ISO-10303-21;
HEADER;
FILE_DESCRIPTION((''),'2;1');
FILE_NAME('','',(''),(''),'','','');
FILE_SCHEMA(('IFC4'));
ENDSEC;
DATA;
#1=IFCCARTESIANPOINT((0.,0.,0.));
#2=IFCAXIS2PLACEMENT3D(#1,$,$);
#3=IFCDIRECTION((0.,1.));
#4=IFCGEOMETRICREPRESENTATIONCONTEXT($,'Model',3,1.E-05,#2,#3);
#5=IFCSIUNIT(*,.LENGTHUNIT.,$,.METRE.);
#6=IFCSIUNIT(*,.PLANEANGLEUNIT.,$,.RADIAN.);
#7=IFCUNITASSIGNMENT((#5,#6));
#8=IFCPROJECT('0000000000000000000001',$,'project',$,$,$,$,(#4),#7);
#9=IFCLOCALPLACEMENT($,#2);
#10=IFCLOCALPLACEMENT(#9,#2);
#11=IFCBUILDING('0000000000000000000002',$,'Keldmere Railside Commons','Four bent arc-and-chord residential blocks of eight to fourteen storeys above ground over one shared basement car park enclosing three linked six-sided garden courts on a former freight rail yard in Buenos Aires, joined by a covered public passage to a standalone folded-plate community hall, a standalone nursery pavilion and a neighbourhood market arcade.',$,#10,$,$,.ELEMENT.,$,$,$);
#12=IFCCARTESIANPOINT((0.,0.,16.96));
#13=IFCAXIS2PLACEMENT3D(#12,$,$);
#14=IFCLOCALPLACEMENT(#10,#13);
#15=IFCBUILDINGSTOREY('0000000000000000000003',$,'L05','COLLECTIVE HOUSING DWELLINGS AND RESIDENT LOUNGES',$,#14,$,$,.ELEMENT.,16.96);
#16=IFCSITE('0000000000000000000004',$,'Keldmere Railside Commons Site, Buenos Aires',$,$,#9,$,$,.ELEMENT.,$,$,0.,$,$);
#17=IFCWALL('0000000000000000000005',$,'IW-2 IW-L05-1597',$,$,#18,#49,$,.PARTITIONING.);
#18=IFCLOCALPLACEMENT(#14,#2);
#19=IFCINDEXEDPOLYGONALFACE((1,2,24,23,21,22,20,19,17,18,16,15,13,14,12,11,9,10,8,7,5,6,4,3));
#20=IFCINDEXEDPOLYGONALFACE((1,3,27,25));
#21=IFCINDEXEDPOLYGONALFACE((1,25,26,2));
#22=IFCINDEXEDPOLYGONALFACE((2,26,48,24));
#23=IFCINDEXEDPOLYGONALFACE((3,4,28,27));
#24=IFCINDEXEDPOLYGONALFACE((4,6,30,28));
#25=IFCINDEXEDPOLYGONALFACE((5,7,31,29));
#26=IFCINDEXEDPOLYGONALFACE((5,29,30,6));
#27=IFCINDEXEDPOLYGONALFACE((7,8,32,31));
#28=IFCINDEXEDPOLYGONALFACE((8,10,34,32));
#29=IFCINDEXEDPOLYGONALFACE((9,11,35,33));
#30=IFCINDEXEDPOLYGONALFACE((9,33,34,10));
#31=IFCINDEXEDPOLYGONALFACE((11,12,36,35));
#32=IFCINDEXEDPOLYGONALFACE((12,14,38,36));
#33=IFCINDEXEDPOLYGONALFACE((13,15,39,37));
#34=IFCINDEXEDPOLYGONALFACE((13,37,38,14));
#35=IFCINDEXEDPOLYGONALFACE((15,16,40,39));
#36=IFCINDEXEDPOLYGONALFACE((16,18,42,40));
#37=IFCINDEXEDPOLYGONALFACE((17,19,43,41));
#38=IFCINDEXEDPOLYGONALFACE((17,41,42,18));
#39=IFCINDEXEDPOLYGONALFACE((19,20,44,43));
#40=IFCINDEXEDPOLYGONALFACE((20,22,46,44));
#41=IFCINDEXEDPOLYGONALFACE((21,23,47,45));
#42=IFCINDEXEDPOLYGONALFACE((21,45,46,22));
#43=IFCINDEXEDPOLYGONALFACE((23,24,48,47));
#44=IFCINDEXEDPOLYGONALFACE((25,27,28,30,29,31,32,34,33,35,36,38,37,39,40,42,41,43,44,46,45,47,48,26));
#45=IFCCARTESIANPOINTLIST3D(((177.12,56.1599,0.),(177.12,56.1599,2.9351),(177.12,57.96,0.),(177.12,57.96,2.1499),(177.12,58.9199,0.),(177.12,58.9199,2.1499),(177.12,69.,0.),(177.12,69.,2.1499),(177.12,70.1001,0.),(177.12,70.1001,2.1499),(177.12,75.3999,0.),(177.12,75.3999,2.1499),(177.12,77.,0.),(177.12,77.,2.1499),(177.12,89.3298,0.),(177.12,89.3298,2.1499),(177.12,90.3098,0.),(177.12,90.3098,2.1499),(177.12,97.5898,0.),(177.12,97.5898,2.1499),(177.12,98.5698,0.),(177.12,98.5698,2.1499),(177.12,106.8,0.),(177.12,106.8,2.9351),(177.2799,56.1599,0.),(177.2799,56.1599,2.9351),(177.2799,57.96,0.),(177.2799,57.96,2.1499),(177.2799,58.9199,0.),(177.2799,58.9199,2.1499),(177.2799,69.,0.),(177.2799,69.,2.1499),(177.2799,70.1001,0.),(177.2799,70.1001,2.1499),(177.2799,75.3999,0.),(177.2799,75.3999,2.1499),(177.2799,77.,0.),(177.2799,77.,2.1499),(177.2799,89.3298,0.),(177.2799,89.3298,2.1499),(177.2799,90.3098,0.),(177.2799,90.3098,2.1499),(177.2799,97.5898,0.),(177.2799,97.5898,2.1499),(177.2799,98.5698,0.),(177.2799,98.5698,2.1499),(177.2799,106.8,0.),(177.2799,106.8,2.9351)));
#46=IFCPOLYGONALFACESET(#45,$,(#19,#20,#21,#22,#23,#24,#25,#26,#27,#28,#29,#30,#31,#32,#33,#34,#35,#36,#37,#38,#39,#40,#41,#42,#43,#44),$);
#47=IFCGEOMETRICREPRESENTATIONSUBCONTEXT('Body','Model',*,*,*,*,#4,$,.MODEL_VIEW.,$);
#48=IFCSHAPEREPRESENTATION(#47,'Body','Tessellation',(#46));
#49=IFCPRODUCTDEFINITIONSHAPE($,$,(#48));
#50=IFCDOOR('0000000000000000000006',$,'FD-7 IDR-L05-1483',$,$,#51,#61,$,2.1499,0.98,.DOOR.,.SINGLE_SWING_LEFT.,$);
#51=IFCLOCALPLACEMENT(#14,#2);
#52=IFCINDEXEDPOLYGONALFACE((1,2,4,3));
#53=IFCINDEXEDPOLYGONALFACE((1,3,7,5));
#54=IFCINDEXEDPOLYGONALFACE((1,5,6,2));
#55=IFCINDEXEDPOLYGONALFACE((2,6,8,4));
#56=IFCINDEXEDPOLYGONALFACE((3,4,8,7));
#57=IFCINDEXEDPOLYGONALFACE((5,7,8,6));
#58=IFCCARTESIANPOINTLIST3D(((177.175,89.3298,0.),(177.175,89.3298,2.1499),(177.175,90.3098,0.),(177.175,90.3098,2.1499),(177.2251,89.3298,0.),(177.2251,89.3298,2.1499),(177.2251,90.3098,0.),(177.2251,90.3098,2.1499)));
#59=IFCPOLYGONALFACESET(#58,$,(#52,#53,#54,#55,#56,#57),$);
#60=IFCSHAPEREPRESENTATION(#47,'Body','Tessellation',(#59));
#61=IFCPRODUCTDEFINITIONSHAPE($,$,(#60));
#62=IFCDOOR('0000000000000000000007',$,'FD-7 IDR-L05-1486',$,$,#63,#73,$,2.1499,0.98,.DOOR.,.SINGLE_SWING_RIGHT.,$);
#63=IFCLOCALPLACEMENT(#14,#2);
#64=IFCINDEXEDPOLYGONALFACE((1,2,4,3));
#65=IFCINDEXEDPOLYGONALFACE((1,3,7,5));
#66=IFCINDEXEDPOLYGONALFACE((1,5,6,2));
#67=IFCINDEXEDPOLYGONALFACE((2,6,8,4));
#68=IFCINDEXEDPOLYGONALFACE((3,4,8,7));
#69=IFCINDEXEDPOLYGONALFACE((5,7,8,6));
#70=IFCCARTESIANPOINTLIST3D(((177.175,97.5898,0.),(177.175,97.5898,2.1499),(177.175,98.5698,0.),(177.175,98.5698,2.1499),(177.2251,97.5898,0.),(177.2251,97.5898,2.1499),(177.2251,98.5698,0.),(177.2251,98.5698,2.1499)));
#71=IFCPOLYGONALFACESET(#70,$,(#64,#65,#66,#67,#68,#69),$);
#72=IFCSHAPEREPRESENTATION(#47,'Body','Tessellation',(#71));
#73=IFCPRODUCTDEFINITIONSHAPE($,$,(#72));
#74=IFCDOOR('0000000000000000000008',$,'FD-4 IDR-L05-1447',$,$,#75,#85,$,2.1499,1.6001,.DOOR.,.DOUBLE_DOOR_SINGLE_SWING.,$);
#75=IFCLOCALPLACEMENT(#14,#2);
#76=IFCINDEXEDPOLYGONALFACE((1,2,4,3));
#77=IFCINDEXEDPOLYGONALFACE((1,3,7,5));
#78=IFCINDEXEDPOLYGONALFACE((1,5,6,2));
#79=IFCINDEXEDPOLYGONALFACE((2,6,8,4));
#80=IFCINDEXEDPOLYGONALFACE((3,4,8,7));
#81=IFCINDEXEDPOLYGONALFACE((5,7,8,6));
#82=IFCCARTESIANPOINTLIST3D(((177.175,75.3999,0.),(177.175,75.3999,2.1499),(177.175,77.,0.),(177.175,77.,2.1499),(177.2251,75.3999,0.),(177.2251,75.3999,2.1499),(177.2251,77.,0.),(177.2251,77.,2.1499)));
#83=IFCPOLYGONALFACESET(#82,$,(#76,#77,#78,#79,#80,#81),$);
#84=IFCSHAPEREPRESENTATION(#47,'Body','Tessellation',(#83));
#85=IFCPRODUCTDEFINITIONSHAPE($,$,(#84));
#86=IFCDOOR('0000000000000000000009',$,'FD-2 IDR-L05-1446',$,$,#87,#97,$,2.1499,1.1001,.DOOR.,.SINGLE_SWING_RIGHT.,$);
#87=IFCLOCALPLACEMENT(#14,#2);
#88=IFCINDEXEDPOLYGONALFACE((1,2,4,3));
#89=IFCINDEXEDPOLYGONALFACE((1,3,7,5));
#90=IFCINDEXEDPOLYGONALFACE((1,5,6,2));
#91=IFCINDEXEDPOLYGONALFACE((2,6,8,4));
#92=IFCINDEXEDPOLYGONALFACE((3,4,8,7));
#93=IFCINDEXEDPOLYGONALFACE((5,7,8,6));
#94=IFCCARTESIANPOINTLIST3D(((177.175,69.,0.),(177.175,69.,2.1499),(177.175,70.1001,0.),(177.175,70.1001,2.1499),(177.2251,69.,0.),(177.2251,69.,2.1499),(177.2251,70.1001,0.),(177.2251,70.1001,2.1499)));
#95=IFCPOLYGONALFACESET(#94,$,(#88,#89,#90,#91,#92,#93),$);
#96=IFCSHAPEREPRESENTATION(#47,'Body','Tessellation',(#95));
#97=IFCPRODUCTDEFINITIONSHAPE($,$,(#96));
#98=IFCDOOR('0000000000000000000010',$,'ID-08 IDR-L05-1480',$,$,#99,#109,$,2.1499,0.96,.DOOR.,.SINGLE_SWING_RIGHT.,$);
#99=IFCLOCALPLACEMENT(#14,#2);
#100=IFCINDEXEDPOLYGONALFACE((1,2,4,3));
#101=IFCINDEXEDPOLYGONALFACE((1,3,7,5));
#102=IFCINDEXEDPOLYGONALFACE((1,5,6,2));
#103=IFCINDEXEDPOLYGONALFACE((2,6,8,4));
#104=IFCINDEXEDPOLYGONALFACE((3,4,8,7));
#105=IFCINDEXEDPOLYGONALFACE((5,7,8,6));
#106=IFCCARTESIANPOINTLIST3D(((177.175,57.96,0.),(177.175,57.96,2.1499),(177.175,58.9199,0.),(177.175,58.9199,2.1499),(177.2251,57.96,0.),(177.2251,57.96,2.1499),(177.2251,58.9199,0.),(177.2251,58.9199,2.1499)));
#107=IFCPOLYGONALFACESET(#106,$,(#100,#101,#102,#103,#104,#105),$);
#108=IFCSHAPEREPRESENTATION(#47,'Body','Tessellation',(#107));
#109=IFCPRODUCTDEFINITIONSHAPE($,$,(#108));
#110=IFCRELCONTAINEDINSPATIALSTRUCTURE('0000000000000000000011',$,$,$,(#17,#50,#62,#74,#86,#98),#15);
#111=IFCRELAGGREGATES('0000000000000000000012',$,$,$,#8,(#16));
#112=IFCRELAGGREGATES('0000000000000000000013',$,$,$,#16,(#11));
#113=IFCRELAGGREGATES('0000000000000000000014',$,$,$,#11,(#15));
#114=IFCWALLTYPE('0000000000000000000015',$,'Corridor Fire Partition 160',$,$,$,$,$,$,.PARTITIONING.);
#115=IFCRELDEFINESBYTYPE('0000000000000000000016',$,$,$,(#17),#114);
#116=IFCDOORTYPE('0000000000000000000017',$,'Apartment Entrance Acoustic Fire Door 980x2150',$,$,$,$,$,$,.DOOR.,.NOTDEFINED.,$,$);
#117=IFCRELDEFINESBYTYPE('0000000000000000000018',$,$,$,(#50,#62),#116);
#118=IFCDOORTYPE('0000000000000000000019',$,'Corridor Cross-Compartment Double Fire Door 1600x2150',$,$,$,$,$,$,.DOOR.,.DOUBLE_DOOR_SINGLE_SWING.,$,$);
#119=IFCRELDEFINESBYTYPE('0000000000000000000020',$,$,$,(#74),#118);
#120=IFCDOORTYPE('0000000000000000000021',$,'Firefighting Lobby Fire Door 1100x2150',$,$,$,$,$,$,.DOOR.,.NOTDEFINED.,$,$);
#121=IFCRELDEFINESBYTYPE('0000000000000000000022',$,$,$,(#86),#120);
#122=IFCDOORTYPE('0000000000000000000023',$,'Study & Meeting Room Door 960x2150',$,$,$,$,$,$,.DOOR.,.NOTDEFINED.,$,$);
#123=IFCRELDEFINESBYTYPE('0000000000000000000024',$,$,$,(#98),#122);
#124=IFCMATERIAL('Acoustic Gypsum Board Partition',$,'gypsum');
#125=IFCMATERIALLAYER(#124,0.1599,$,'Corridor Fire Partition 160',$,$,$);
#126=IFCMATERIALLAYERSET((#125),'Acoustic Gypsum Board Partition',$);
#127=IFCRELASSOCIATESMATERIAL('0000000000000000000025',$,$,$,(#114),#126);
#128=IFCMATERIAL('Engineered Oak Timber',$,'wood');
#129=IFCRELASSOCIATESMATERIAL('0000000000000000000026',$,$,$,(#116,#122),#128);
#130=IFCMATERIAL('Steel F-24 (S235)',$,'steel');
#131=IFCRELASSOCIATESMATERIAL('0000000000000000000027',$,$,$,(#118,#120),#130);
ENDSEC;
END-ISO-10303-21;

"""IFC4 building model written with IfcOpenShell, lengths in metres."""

from ifc_helpers import new_model, si_unit, direction, frame, frame_2d, origin, place, context, subcontext, project, spatial, rectangle, extrude, material, layer, layer_set, type_object, element, fill, save


model = new_model("IFC4")

# Units and contexts
model_context = context("Model", 3, precision=1e-05, world=origin(), true_north=direction((0.0, 1.0)))
body_context = subcontext(model_context, "Body", "Model", "MODEL_VIEW")
ifc_project = project(units=[si_unit("LENGTHUNIT", "METRE"), si_unit("PLANEANGLEUNIT", "RADIAN")], contexts=[model_context])

# Site, building, storey
site_placement = place(None, origin())
site = spatial("IfcSite", under=ifc_project, at=site_placement, Name="Keldmere Railside Commons Site, Buenos Aires", CompositionType="ELEMENT", RefElevation=0.0)
building_placement = place(site_placement, origin())
building = spatial("IfcBuilding", under=site, at=building_placement, Name="Keldmere Railside Commons", Description="Four bent arc-and-chord residential blocks of eight to fourteen storeys above ground over one shared basement car park enclosing three linked six-sided garden courts on a former freight rail yard in Buenos Aires, joined by a covered public passage to a standalone folded-plate community hall, a standalone nursery pavilion and a neighbourhood market arcade.", CompositionType="ELEMENT")
storey_placement = place(building_placement, frame((0.0, 0.0, 16.96)))
storey = spatial("IfcBuildingStorey", under=building, at=storey_placement, Name="L05", Description="COLLECTIVE HOUSING DWELLINGS AND RESIDENT LOUNGES", CompositionType="ELEMENT", Elevation=16.96)

# Wall, openings, doors
ifc_material_1 = material(Name="Acoustic Gypsum Board Partition", Category="gypsum")
ifc_layer = layer(ifc_material_1, 0.1599, Name="Corridor Fire Partition 160")
ifc_layer_set = layer_set([ifc_layer], Name="Acoustic Gypsum Board Partition")
wall_type = type_object("IfcWallType", Name="Corridor Fire Partition 160", PredefinedType="PARTITIONING", material=ifc_layer_set)
ifc_material_2 = material(Name="Engineered Oak Timber", Category="wood")
door_type_1 = type_object("IfcDoorType", Name="Apartment Entrance Acoustic Fire Door 980x2150", OperationType="NOTDEFINED", PredefinedType="DOOR", material=ifc_material_2)
wall_1_placement = place(storey_placement, frame((177.2, 56.1599, 0.0), z_axis=(0.0, 0.0, 1.0), x_axis=(0.0, 1.0, 0.0)))
wall_1 = element("IfcWall", 1, at=wall_1_placement, inside=storey, type_object=wall_type, Name="IW-2 IW-L05-1597", PredefinedType="PARTITIONING", context=body_context, shape_type="SweptSolid", body=[
    extrude(rectangle(XDim=50.6401, YDim=0.1599, at=frame_2d((25.3201, 0.0))), origin(), (0.0, 0.0, 1.0), 2.9351),
])
opening_1_placement = place(wall_1_placement, frame((12.8401, 0.0, 0.0)))
opening_1 = element("IfcOpeningElement", 2, at=opening_1_placement, cuts=wall_1, PredefinedType="OPENING", context=body_context, shape_type="SweptSolid", body=[
    extrude(rectangle(XDim=1.1001, YDim=2.1499, at=frame_2d((0.55, 1.075))), frame((0.0, 0.0898, 0.0), z_axis=(0.0, -1.0, 0.0), x_axis=(1.0, 0.0, 0.0)), (0.0, 0.0, 1.0), 0.1799),
])
opening_2_placement = place(wall_1_placement, frame((19.24, 0.0, 0.0)))
opening_2 = element("IfcOpeningElement", 3, at=opening_2_placement, cuts=wall_1, PredefinedType="OPENING", context=body_context, shape_type="SweptSolid", body=[
    extrude(rectangle(XDim=1.6001, YDim=2.1499, at=frame_2d((0.8, 1.075))), frame((0.0, 0.0898, 0.0), z_axis=(0.0, -1.0, 0.0), x_axis=(1.0, 0.0, 0.0)), (0.0, 0.0, 1.0), 0.1799),
])
opening_3_placement = place(wall_1_placement, frame((1.8, 0.0, 0.0)))
opening_3 = element("IfcOpeningElement", 4, at=opening_3_placement, cuts=wall_1, PredefinedType="OPENING", context=body_context, shape_type="SweptSolid", body=[
    extrude(rectangle(XDim=0.96, YDim=2.1499, at=frame_2d((0.48, 1.075))), frame((0.0, 0.0898, 0.0), z_axis=(0.0, -1.0, 0.0), x_axis=(1.0, 0.0, 0.0)), (0.0, 0.0, 1.0), 0.1799),
])
opening_4_placement = place(wall_1_placement, frame((33.1699, 0.0, 0.0)))
opening_4 = element("IfcOpeningElement", 5, at=opening_4_placement, cuts=wall_1, PredefinedType="OPENING", context=body_context, shape_type="SweptSolid", body=[
    extrude(rectangle(XDim=0.98, YDim=2.1499, at=frame_2d((0.49, 1.075))), frame((0.0, 0.0898, 0.0), z_axis=(0.0, -1.0, 0.0), x_axis=(1.0, 0.0, 0.0)), (0.0, 0.0, 1.0), 0.1799),
])
opening_5_placement = place(wall_1_placement, frame((41.4299, 0.0, 0.0)))
opening_5 = element("IfcOpeningElement", 6, at=opening_5_placement, cuts=wall_1, PredefinedType="OPENING", context=body_context, shape_type="SweptSolid", body=[
    extrude(rectangle(XDim=0.98, YDim=2.1499, at=frame_2d((0.49, 1.075))), frame((0.0, 0.0898, 0.0), z_axis=(0.0, -1.0, 0.0), x_axis=(1.0, 0.0, 0.0)), (0.0, 0.0, 1.0), 0.1799),
])
door_1_placement = place(opening_4_placement, origin())
door_1 = element("IfcDoor", 7, at=door_1_placement, inside=storey, type_object=door_type_1, Name="FD-7 IDR-L05-1483", OperationType="SINGLE_SWING_LEFT", OverallHeight=2.1499, OverallWidth=0.98, PredefinedType="DOOR", context=body_context, shape_type="SweptSolid", body=[
    extrude(rectangle(XDim=0.98, YDim=2.1499, at=frame_2d((0.49, 1.075))), frame((0.0, 0.0249, 0.0), z_axis=(0.0, -1.0, 0.0), x_axis=(1.0, 0.0, 0.0)), (0.0, 0.0, 1.0), 0.05),
])
fill(opening_4, door_1)
door_2_placement = place(opening_5_placement, origin())
door_2 = element("IfcDoor", 8, at=door_2_placement, inside=storey, type_object=door_type_1, Name="FD-7 IDR-L05-1486", OperationType="SINGLE_SWING_RIGHT", OverallHeight=2.1499, OverallWidth=0.98, PredefinedType="DOOR", context=body_context, shape_type="SweptSolid", body=[
    extrude(rectangle(XDim=0.98, YDim=2.1499, at=frame_2d((0.49, 1.075))), frame((0.0, 0.0249, 0.0), z_axis=(0.0, -1.0, 0.0), x_axis=(1.0, 0.0, 0.0)), (0.0, 0.0, 1.0), 0.05),
])
fill(opening_5, door_2)
ifc_material_3 = material(Name="Steel F-24 (S235)", Category="steel")
door_type_2 = type_object("IfcDoorType", Name="Corridor Cross-Compartment Double Fire Door 1600x2150", OperationType="DOUBLE_DOOR_SINGLE_SWING", PredefinedType="DOOR", material=ifc_material_3)
door_3_placement = place(opening_2_placement, origin())
door_3 = element("IfcDoor", 9, at=door_3_placement, inside=storey, type_object=door_type_2, Name="FD-4 IDR-L05-1447", OperationType="DOUBLE_DOOR_SINGLE_SWING", OverallHeight=2.1499, OverallWidth=1.6001, PredefinedType="DOOR", context=body_context, shape_type="SweptSolid", body=[
    extrude(rectangle(XDim=1.6001, YDim=2.1499, at=frame_2d((0.8, 1.075))), frame((0.0, 0.0249, 0.0), z_axis=(0.0, -1.0, 0.0), x_axis=(1.0, 0.0, 0.0)), (0.0, 0.0, 1.0), 0.05),
])
fill(opening_2, door_3)
door_type_3 = type_object("IfcDoorType", Name="Firefighting Lobby Fire Door 1100x2150", OperationType="NOTDEFINED", PredefinedType="DOOR", material=ifc_material_3)
door_4_placement = place(opening_1_placement, origin())
door_4 = element("IfcDoor", 10, at=door_4_placement, inside=storey, type_object=door_type_3, Name="FD-2 IDR-L05-1446", OperationType="SINGLE_SWING_RIGHT", OverallHeight=2.1499, OverallWidth=1.1001, PredefinedType="DOOR", context=body_context, shape_type="SweptSolid", body=[
    extrude(rectangle(XDim=1.1001, YDim=2.1499, at=frame_2d((0.55, 1.075))), frame((0.0, 0.0249, 0.0), z_axis=(0.0, -1.0, 0.0), x_axis=(1.0, 0.0, 0.0)), (0.0, 0.0, 1.0), 0.05),
])
fill(opening_1, door_4)
door_type_4 = type_object("IfcDoorType", Name="Study & Meeting Room Door 960x2150", OperationType="NOTDEFINED", PredefinedType="DOOR", material=ifc_material_2)
door_5_placement = place(opening_3_placement, origin())
door_5 = element("IfcDoor", 11, at=door_5_placement, inside=storey, type_object=door_type_4, Name="ID-08 IDR-L05-1480", OperationType="SINGLE_SWING_RIGHT", OverallHeight=2.1499, OverallWidth=0.96, PredefinedType="DOOR", context=body_context, shape_type="SweptSolid", body=[
    extrude(rectangle(XDim=0.96, YDim=2.1499, at=frame_2d((0.48, 1.075))), frame((0.0, 0.0249, 0.0), z_axis=(0.0, -1.0, 0.0), x_axis=(1.0, 0.0, 0.0)), (0.0, 0.0, 1.0), 0.05),
])
fill(opening_3, door_5)

save(model, "model.ifc")
